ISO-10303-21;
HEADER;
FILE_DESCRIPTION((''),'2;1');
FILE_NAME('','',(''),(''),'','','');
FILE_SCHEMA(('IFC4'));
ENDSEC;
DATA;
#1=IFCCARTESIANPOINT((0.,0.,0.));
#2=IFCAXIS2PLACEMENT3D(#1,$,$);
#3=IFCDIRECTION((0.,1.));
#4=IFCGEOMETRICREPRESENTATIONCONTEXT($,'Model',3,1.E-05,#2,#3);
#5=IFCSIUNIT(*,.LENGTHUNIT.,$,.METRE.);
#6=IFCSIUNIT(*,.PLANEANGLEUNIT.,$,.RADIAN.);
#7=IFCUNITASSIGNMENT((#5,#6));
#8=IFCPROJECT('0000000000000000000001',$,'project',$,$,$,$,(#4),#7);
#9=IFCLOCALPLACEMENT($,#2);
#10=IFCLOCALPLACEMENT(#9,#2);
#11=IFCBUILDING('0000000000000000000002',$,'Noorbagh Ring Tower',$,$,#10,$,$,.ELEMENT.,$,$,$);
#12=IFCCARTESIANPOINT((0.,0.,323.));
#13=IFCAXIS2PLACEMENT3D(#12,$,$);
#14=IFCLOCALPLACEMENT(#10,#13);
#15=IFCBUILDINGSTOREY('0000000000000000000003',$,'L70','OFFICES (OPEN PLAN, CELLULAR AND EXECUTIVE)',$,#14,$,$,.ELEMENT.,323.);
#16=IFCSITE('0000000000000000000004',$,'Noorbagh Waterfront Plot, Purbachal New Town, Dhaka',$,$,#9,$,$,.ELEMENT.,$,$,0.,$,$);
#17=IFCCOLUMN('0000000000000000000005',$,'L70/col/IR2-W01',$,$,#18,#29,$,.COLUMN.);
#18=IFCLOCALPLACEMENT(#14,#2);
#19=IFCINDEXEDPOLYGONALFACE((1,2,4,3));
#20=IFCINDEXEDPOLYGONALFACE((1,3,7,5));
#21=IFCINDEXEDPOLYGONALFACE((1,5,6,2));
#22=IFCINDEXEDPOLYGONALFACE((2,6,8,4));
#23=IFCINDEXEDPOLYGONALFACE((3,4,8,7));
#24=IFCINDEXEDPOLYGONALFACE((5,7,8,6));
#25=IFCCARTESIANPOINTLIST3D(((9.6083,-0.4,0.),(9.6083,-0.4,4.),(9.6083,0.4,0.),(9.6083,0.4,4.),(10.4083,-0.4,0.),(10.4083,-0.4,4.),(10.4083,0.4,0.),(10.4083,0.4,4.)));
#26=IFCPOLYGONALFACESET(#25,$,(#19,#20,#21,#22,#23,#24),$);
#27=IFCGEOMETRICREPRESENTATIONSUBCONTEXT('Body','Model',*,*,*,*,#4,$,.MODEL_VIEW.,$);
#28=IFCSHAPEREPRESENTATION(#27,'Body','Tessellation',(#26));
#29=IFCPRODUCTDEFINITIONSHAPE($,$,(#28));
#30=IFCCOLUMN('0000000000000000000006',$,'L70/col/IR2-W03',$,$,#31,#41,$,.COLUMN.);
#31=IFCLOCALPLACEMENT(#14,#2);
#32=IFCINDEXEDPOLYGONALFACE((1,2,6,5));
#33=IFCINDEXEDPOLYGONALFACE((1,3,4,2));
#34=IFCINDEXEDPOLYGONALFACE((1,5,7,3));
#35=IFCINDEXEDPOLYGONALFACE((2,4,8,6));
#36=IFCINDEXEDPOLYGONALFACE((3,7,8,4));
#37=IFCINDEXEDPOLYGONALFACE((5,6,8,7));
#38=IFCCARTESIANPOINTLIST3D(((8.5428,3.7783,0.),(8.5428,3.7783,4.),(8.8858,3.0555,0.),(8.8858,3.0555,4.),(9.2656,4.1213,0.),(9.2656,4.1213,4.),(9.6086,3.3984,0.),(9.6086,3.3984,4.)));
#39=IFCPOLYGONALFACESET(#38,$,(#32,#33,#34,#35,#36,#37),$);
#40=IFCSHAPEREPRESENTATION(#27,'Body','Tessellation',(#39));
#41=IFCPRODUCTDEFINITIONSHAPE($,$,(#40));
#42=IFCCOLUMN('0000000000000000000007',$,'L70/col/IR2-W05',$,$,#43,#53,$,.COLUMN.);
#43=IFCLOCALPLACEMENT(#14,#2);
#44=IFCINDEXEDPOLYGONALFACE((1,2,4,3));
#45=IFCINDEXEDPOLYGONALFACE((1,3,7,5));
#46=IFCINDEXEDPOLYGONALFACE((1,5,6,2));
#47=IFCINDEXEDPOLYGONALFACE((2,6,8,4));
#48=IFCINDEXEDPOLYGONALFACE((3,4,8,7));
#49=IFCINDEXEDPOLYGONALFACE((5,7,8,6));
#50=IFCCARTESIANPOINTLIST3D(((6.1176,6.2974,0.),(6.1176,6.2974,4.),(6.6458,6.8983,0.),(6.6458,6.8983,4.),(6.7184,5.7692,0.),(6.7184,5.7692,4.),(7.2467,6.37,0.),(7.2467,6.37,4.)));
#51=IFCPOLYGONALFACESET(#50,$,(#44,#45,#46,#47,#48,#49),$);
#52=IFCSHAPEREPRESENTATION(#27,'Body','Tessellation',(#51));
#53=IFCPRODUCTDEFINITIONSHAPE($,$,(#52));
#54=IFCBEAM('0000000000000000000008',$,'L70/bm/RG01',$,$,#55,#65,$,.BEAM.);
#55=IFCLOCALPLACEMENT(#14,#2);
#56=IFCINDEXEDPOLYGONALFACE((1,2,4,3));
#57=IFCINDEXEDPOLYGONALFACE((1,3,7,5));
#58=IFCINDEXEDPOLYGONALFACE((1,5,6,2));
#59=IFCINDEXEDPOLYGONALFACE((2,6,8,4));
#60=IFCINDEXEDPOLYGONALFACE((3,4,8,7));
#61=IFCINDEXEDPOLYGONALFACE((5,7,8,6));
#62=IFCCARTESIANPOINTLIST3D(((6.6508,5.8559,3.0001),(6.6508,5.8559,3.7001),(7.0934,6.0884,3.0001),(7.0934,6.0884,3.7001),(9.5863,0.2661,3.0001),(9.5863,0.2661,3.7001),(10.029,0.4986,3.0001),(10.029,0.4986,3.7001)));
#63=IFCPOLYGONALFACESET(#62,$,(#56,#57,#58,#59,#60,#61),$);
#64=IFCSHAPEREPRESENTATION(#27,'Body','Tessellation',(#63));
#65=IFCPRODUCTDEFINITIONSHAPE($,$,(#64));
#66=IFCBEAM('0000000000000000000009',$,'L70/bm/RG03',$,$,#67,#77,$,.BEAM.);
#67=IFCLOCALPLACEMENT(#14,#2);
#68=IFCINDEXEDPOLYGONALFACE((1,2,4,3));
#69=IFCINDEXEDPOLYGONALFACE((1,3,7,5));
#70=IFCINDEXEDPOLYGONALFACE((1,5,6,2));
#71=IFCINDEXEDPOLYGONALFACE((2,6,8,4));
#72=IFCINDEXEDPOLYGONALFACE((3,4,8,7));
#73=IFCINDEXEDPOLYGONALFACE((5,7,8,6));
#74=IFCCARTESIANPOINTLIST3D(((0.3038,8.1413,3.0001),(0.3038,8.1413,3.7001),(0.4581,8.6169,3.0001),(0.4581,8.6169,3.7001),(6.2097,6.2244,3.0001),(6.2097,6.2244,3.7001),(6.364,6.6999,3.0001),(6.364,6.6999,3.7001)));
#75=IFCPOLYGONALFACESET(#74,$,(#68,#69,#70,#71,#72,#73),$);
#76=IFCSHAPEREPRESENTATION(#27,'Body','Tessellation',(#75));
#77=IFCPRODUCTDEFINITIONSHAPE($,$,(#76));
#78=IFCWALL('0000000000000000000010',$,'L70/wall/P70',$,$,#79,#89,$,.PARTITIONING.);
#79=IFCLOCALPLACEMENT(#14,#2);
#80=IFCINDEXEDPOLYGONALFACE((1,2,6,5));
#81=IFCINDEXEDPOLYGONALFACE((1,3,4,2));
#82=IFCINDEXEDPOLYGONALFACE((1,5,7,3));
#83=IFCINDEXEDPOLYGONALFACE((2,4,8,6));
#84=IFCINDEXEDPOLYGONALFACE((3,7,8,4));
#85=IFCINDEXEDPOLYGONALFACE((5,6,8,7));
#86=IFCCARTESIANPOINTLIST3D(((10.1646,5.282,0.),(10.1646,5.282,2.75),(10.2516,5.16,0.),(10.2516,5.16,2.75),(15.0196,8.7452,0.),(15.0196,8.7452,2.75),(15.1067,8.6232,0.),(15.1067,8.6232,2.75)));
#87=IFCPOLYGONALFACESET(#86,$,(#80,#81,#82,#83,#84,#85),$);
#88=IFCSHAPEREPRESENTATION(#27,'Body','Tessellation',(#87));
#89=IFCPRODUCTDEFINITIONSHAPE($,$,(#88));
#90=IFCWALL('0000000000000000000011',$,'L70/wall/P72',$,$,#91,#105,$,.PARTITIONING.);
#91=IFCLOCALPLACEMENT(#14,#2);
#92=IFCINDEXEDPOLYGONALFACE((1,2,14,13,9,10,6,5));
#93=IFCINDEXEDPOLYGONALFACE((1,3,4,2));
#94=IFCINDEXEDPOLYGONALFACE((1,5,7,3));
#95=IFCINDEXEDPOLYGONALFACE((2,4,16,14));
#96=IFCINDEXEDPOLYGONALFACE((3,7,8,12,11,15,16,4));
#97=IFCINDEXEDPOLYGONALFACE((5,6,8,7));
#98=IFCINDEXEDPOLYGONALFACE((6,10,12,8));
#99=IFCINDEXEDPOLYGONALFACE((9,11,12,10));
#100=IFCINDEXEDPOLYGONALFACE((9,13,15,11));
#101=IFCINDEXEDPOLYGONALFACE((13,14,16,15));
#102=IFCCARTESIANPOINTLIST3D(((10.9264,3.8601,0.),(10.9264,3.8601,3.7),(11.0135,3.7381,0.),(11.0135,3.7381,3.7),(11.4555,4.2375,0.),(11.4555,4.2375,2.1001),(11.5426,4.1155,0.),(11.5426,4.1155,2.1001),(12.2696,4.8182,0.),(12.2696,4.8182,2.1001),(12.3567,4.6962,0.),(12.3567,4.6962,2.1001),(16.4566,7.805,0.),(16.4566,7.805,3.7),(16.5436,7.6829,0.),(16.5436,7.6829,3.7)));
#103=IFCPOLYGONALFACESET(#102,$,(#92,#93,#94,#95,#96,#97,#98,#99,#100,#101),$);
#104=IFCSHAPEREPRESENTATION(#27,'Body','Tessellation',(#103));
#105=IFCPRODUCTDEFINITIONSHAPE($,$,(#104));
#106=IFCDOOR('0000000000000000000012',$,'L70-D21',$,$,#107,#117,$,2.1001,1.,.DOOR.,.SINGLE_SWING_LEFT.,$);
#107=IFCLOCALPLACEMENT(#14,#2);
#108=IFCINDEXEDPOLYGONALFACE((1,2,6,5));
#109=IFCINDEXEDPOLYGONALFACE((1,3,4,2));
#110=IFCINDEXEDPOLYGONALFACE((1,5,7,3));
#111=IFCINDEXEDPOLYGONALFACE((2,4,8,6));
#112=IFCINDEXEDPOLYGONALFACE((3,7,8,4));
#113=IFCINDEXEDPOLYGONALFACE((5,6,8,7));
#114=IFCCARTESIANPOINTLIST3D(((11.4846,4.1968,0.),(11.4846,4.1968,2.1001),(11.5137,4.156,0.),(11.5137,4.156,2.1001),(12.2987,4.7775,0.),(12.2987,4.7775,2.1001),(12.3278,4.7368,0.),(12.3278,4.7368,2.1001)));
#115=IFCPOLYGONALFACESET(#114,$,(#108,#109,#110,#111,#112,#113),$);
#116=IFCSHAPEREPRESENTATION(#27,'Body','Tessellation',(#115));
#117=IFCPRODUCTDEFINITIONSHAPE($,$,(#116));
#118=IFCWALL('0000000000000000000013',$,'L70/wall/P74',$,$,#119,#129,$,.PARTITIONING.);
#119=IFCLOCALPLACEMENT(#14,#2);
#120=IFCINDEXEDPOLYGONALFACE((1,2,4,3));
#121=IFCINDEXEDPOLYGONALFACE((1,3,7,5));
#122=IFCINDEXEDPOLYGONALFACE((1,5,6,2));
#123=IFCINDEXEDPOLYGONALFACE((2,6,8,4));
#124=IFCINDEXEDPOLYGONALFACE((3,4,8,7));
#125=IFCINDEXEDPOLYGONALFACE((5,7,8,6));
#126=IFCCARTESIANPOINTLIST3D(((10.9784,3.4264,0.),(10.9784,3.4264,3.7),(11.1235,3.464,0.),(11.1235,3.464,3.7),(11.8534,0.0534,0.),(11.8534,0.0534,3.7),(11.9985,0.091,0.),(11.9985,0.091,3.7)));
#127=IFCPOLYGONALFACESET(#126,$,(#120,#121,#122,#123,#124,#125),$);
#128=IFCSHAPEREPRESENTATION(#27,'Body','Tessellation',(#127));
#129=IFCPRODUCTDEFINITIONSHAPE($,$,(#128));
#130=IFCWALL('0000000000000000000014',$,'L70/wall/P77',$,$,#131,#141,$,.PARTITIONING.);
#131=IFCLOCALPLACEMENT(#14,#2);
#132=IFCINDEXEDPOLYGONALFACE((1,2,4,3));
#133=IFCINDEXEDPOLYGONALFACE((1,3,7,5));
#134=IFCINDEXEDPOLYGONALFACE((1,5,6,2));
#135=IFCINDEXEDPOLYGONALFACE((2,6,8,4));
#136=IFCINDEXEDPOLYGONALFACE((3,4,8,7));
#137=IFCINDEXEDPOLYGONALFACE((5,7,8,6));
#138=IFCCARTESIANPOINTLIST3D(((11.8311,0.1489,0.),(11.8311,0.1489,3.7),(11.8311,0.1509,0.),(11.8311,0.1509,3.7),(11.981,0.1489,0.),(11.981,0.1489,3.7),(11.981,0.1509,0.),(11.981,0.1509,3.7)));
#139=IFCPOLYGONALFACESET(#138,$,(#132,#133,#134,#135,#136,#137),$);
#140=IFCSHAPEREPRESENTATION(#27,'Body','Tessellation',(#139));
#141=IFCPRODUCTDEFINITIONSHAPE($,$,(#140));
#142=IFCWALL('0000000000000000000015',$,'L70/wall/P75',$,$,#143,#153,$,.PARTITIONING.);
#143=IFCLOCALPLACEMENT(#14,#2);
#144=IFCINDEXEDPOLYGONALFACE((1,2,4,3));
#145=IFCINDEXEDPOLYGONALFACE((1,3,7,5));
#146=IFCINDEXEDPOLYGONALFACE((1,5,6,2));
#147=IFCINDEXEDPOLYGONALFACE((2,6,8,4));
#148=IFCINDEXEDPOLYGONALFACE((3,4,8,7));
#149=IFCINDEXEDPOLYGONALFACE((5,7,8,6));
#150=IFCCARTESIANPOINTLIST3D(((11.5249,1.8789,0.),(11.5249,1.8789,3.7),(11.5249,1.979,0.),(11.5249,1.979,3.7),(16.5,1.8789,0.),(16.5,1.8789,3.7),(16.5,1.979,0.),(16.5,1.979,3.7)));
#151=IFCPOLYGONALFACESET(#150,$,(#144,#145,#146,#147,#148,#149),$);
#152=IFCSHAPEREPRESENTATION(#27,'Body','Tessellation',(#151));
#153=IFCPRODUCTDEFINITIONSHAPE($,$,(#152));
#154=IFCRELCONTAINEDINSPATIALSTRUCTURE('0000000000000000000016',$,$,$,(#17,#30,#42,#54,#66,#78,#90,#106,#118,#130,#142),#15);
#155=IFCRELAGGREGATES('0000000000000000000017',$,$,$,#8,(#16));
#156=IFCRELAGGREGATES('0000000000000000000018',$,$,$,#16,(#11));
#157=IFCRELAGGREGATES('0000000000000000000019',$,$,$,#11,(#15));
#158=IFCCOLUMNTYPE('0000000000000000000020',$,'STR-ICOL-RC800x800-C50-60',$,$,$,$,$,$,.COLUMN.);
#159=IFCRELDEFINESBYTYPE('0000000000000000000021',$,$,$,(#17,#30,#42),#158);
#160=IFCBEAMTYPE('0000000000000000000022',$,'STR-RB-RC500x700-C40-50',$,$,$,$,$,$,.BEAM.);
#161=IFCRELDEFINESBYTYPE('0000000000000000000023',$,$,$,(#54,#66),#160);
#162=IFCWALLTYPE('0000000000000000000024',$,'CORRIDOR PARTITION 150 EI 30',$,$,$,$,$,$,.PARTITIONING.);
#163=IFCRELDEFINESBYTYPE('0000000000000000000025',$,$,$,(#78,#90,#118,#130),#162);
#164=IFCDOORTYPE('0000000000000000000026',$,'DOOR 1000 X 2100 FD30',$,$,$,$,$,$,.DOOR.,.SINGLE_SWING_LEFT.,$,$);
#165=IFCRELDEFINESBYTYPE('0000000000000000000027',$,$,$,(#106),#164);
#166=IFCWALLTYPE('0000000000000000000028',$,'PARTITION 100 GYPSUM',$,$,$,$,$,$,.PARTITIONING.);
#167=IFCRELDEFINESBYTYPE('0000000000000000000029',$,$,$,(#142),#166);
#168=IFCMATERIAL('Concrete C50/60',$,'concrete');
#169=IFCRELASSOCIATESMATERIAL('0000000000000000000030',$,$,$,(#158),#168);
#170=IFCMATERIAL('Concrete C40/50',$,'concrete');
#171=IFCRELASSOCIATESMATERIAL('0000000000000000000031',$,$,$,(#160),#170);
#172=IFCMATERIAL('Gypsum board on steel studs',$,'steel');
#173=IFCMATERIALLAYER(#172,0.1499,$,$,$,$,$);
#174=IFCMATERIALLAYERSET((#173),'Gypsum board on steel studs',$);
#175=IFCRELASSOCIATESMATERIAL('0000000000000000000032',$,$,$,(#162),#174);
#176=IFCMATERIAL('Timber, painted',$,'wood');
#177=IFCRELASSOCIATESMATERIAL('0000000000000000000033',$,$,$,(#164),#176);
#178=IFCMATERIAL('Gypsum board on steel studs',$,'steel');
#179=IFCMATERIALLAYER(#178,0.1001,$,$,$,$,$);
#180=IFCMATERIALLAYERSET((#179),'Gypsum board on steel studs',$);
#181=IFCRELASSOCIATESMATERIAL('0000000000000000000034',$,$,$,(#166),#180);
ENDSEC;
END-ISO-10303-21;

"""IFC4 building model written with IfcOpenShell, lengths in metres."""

from ifc_helpers import new_model, si_unit, direction, frame, frame_2d, origin, origin_2d, place, context, subcontext, project, spatial, rectangle, extrude, material, layer, layer_set, material_profile, profile_set, type_object, element, fill, save


model = new_model("IFC4")

# Units and contexts
model_context = context("Model", 3, precision=1e-05, world=origin(), true_north=direction((0.0, 1.0)))
body_context = subcontext(model_context, "Body", "Model", "MODEL_VIEW")
ifc_project = project(units=[si_unit("LENGTHUNIT", "METRE"), si_unit("PLANEANGLEUNIT", "RADIAN")], contexts=[model_context])

# Site, building, storey
site_placement = place(None, origin())
site = spatial("IfcSite", under=ifc_project, at=site_placement, Name="Noorbagh Waterfront Plot, Purbachal New Town, Dhaka", CompositionType="ELEMENT", RefElevation=0.0)
building_placement = place(site_placement, origin())
building = spatial("IfcBuilding", under=site, at=building_placement, Name="Noorbagh Ring Tower", CompositionType="ELEMENT")
storey_placement = place(building_placement, frame((0.0, 0.0, 323.0)))
storey = spatial("IfcBuildingStorey", under=building, at=storey_placement, Name="L70", Description="OFFICES (OPEN PLAN, CELLULAR AND EXECUTIVE)", CompositionType="ELEMENT", Elevation=323.0)

# Columns
ifc_material_1 = material(Name="Concrete C50/60", Category="concrete")
ifc_material_profile_1 = material_profile(ifc_material_1, rectangle(XDim=0.8, YDim=0.8, at=origin_2d()), Name="RC800x800")
ifc_profile_set_1 = profile_set([ifc_material_profile_1], Name="Concrete C50/60")
column_type = type_object("IfcColumnType", Name="STR-ICOL-RC800x800-C50-60", PredefinedType="COLUMN", material=ifc_profile_set_1)
for number, where, z_axis, x_axis, name in (
    (1, (10.0083, 0.0, 0.0), (0.0, 0.0, 1.0), (0.0, 1.0, 0.0), "L70/col/IR2-W01"),
    (2, (9.0757, 3.5884, 0.0), (0.0, 0.0, 1.0), (-0.428667, 0.903463, 0.0), "L70/col/IR2-W03"),
    (3, (6.6821, 6.3337, 0.0), (0.0, 0.0, 1.0), (-0.751022, 0.660277, 0.0), "L70/col/IR2-W05"),
):
    element("IfcColumn", number, at=place(storey_placement, frame(where, z_axis=z_axis, x_axis=x_axis)), inside=storey, type_object=column_type, Name=name, PredefinedType="COLUMN", context=body_context, shape_type="SweptSolid", body=[
        extrude(rectangle(XDim=0.8, YDim=0.8, at=origin_2d()), origin(), (0.0, 0.0, 1.0), 4.0),
    ])

# Beams
ifc_material_2 = material(Name="Concrete C40/50", Category="concrete")
ifc_material_profile_2 = material_profile(ifc_material_2, rectangle(XDim=0.5, YDim=0.7, at=origin_2d()), Name="RC500x700")
ifc_profile_set_2 = profile_set([ifc_material_profile_2], Name="Concrete C40/50")
beam_type = type_object("IfcBeamType", Name="STR-RB-RC500x700-C40-50", PredefinedType="BEAM", material=ifc_profile_set_2)
beam_1_placement = place(storey_placement, frame((9.8076, 0.3823, 3.3501), z_axis=(-0.464943, 0.885341, 0.0), x_axis=(-0.885341, -0.464943, 0.0)))
element("IfcBeam", 4, at=beam_1_placement, inside=storey, type_object=beam_type, Name="L70/bm/RG01", PredefinedType="BEAM", context=body_context, shape_type="SweptSolid", body=[
    extrude(rectangle(XDim=0.5, YDim=0.7, at=origin_2d()), origin(), (0.0, 0.0, 1.0), 6.3137),
])
beam_2_placement = place(storey_placement, frame((6.2869, 6.4622, 3.3501), z_axis=(-0.95115, 0.308728, 0.0), x_axis=(-0.308728, -0.95115, 0.0)))
element("IfcBeam", 5, at=beam_2_placement, inside=storey, type_object=beam_type, Name="L70/bm/RG03", PredefinedType="BEAM", context=body_context, shape_type="SweptSolid", body=[
    extrude(rectangle(XDim=0.5, YDim=0.7, at=origin_2d()), origin(), (0.0, 0.0, 1.0), 6.2092),
])

# Wall
ifc_material_3 = material(Name="Gypsum board on steel studs", Category="steel")
ifc_layer_1 = layer(ifc_material_3, 0.1499)
ifc_layer_set_1 = layer_set([ifc_layer_1], Name="Gypsum board on steel studs")
wall_type_1 = type_object("IfcWallType", Name="CORRIDOR PARTITION 150 EI 30", PredefinedType="PARTITIONING", material=ifc_layer_set_1)
wall_1_placement = place(storey_placement, frame((10.208, 5.2209, 0.0), z_axis=(0.0, 0.0, 1.0), x_axis=(0.814107, 0.580715, 0.0)))
element("IfcWall", 6, at=wall_1_placement, inside=storey, type_object=wall_type_1, Name="L70/wall/P70", PredefinedType="PARTITIONING", context=body_context, shape_type="SweptSolid", body=[
    extrude(rectangle(XDim=5.9636, YDim=0.1499, at=frame_2d((2.9819, 0.0))), origin(), (0.0, 0.0, 1.0), 2.75),
])

# Wall, opening, door
wall_2_placement = place(storey_placement, frame((10.97, 3.7991, 0.0), z_axis=(0.0, 0.0, 1.0), x_axis=(0.814095, 0.580732, 0.0)))
wall_2 = element("IfcWall", 7, at=wall_2_placement, inside=storey, type_object=wall_type_1, Name="L70/wall/P72", PredefinedType="PARTITIONING", context=body_context, shape_type="SweptSolid", body=[
    extrude(rectangle(XDim=6.793, YDim=0.1499, at=frame_2d((3.3965, 0.0))), origin(), (0.0, 0.0, 1.0), 3.7),
])
opening_placement = place(wall_2_placement, frame((0.6499, 0.0, 0.0)))
opening = element("IfcOpeningElement", 8, at=opening_placement, cuts=wall_2, PredefinedType="OPENING", context=body_context, shape_type="SweptSolid", body=[
    extrude(rectangle(XDim=1.0, YDim=2.1001, at=frame_2d((0.5, 1.05))), frame((0.0, 0.085, 0.0), z_axis=(0.0, -1.0, 0.0), x_axis=(1.0, 0.0, 0.0)), (0.0, 0.0, 1.0), 0.1699),
])
ifc_material_4 = material(Name="Timber, painted", Category="wood")
door_type = type_object("IfcDoorType", Name="DOOR 1000 X 2100 FD30", OperationType="SINGLE_SWING_LEFT", PredefinedType="DOOR", material=ifc_material_4)
door_placement = place(opening_placement, origin())
door = element("IfcDoor", 9, at=door_placement, inside=storey, type_object=door_type, Name="L70-D21", OperationType="SINGLE_SWING_LEFT", OverallHeight=2.1001, OverallWidth=1.0, PredefinedType="DOOR", context=body_context, shape_type="SweptSolid", body=[
    extrude(rectangle(XDim=1.0, YDim=2.1001, at=frame_2d((0.5, 1.05))), frame((0.0, 0.0249, 0.0), z_axis=(0.0, -1.0, 0.0), x_axis=(1.0, 0.0, 0.0)), (0.0, 0.0, 1.0), 0.05),
])
fill(opening, door)

# Walls
wall_3_placement = place(storey_placement, frame((11.051, 3.4451, 0.0), z_axis=(0.0, 0.0, 1.0), x_axis=(0.251098, -0.967962, 0.0)))
element("IfcWall", 10, at=wall_3_placement, inside=storey, type_object=wall_type_1, Name="L70/wall/P74", PredefinedType="PARTITIONING", context=body_context, shape_type="SweptSolid", body=[
    extrude(rectangle(XDim=3.4846, YDim=0.1499, at=frame_2d((1.7422, 0.0))), origin(), (0.0, 0.0, 1.0), 3.7),
])
wall_4_placement = place(storey_placement, frame((11.906, 0.1509, 0.0), z_axis=(0.0, 0.0, 1.0), x_axis=(0.0, -1.0, 0.0)))
element("IfcWall", 11, at=wall_4_placement, inside=storey, type_object=wall_type_1, Name="L70/wall/P77", PredefinedType="PARTITIONING", context=body_context, shape_type="SweptSolid", body=[
    extrude(rectangle(XDim=0.002, YDim=0.1499, at=frame_2d((0.001, 0.0))), origin(), (0.0, 0.0, 1.0), 3.7),
])
ifc_material_5 = material(Name="Gypsum board on steel studs", Category="steel")
ifc_layer_2 = layer(ifc_material_5, 0.1001)
ifc_layer_set_2 = layer_set([ifc_layer_2], Name="Gypsum board on steel studs")
wall_type_2 = type_object("IfcWallType", Name="PARTITION 100 GYPSUM", PredefinedType="PARTITIONING", material=ifc_layer_set_2)
wall_5_placement = place(storey_placement, frame((11.5249, 1.929, 0.0), z_axis=(0.0, 0.0, 1.0), x_axis=(1.0, 0.0, 0.0)))
element("IfcWall", 12, at=wall_5_placement, inside=storey, type_object=wall_type_2, Name="L70/wall/P75", PredefinedType="PARTITIONING", context=body_context, shape_type="SweptSolid", body=[
    extrude(rectangle(XDim=4.9751, YDim=0.1001, at=frame_2d((2.4875, 0.0))), origin(), (0.0, 0.0, 1.0), 3.7),
])

save(model, "model.ifc")
